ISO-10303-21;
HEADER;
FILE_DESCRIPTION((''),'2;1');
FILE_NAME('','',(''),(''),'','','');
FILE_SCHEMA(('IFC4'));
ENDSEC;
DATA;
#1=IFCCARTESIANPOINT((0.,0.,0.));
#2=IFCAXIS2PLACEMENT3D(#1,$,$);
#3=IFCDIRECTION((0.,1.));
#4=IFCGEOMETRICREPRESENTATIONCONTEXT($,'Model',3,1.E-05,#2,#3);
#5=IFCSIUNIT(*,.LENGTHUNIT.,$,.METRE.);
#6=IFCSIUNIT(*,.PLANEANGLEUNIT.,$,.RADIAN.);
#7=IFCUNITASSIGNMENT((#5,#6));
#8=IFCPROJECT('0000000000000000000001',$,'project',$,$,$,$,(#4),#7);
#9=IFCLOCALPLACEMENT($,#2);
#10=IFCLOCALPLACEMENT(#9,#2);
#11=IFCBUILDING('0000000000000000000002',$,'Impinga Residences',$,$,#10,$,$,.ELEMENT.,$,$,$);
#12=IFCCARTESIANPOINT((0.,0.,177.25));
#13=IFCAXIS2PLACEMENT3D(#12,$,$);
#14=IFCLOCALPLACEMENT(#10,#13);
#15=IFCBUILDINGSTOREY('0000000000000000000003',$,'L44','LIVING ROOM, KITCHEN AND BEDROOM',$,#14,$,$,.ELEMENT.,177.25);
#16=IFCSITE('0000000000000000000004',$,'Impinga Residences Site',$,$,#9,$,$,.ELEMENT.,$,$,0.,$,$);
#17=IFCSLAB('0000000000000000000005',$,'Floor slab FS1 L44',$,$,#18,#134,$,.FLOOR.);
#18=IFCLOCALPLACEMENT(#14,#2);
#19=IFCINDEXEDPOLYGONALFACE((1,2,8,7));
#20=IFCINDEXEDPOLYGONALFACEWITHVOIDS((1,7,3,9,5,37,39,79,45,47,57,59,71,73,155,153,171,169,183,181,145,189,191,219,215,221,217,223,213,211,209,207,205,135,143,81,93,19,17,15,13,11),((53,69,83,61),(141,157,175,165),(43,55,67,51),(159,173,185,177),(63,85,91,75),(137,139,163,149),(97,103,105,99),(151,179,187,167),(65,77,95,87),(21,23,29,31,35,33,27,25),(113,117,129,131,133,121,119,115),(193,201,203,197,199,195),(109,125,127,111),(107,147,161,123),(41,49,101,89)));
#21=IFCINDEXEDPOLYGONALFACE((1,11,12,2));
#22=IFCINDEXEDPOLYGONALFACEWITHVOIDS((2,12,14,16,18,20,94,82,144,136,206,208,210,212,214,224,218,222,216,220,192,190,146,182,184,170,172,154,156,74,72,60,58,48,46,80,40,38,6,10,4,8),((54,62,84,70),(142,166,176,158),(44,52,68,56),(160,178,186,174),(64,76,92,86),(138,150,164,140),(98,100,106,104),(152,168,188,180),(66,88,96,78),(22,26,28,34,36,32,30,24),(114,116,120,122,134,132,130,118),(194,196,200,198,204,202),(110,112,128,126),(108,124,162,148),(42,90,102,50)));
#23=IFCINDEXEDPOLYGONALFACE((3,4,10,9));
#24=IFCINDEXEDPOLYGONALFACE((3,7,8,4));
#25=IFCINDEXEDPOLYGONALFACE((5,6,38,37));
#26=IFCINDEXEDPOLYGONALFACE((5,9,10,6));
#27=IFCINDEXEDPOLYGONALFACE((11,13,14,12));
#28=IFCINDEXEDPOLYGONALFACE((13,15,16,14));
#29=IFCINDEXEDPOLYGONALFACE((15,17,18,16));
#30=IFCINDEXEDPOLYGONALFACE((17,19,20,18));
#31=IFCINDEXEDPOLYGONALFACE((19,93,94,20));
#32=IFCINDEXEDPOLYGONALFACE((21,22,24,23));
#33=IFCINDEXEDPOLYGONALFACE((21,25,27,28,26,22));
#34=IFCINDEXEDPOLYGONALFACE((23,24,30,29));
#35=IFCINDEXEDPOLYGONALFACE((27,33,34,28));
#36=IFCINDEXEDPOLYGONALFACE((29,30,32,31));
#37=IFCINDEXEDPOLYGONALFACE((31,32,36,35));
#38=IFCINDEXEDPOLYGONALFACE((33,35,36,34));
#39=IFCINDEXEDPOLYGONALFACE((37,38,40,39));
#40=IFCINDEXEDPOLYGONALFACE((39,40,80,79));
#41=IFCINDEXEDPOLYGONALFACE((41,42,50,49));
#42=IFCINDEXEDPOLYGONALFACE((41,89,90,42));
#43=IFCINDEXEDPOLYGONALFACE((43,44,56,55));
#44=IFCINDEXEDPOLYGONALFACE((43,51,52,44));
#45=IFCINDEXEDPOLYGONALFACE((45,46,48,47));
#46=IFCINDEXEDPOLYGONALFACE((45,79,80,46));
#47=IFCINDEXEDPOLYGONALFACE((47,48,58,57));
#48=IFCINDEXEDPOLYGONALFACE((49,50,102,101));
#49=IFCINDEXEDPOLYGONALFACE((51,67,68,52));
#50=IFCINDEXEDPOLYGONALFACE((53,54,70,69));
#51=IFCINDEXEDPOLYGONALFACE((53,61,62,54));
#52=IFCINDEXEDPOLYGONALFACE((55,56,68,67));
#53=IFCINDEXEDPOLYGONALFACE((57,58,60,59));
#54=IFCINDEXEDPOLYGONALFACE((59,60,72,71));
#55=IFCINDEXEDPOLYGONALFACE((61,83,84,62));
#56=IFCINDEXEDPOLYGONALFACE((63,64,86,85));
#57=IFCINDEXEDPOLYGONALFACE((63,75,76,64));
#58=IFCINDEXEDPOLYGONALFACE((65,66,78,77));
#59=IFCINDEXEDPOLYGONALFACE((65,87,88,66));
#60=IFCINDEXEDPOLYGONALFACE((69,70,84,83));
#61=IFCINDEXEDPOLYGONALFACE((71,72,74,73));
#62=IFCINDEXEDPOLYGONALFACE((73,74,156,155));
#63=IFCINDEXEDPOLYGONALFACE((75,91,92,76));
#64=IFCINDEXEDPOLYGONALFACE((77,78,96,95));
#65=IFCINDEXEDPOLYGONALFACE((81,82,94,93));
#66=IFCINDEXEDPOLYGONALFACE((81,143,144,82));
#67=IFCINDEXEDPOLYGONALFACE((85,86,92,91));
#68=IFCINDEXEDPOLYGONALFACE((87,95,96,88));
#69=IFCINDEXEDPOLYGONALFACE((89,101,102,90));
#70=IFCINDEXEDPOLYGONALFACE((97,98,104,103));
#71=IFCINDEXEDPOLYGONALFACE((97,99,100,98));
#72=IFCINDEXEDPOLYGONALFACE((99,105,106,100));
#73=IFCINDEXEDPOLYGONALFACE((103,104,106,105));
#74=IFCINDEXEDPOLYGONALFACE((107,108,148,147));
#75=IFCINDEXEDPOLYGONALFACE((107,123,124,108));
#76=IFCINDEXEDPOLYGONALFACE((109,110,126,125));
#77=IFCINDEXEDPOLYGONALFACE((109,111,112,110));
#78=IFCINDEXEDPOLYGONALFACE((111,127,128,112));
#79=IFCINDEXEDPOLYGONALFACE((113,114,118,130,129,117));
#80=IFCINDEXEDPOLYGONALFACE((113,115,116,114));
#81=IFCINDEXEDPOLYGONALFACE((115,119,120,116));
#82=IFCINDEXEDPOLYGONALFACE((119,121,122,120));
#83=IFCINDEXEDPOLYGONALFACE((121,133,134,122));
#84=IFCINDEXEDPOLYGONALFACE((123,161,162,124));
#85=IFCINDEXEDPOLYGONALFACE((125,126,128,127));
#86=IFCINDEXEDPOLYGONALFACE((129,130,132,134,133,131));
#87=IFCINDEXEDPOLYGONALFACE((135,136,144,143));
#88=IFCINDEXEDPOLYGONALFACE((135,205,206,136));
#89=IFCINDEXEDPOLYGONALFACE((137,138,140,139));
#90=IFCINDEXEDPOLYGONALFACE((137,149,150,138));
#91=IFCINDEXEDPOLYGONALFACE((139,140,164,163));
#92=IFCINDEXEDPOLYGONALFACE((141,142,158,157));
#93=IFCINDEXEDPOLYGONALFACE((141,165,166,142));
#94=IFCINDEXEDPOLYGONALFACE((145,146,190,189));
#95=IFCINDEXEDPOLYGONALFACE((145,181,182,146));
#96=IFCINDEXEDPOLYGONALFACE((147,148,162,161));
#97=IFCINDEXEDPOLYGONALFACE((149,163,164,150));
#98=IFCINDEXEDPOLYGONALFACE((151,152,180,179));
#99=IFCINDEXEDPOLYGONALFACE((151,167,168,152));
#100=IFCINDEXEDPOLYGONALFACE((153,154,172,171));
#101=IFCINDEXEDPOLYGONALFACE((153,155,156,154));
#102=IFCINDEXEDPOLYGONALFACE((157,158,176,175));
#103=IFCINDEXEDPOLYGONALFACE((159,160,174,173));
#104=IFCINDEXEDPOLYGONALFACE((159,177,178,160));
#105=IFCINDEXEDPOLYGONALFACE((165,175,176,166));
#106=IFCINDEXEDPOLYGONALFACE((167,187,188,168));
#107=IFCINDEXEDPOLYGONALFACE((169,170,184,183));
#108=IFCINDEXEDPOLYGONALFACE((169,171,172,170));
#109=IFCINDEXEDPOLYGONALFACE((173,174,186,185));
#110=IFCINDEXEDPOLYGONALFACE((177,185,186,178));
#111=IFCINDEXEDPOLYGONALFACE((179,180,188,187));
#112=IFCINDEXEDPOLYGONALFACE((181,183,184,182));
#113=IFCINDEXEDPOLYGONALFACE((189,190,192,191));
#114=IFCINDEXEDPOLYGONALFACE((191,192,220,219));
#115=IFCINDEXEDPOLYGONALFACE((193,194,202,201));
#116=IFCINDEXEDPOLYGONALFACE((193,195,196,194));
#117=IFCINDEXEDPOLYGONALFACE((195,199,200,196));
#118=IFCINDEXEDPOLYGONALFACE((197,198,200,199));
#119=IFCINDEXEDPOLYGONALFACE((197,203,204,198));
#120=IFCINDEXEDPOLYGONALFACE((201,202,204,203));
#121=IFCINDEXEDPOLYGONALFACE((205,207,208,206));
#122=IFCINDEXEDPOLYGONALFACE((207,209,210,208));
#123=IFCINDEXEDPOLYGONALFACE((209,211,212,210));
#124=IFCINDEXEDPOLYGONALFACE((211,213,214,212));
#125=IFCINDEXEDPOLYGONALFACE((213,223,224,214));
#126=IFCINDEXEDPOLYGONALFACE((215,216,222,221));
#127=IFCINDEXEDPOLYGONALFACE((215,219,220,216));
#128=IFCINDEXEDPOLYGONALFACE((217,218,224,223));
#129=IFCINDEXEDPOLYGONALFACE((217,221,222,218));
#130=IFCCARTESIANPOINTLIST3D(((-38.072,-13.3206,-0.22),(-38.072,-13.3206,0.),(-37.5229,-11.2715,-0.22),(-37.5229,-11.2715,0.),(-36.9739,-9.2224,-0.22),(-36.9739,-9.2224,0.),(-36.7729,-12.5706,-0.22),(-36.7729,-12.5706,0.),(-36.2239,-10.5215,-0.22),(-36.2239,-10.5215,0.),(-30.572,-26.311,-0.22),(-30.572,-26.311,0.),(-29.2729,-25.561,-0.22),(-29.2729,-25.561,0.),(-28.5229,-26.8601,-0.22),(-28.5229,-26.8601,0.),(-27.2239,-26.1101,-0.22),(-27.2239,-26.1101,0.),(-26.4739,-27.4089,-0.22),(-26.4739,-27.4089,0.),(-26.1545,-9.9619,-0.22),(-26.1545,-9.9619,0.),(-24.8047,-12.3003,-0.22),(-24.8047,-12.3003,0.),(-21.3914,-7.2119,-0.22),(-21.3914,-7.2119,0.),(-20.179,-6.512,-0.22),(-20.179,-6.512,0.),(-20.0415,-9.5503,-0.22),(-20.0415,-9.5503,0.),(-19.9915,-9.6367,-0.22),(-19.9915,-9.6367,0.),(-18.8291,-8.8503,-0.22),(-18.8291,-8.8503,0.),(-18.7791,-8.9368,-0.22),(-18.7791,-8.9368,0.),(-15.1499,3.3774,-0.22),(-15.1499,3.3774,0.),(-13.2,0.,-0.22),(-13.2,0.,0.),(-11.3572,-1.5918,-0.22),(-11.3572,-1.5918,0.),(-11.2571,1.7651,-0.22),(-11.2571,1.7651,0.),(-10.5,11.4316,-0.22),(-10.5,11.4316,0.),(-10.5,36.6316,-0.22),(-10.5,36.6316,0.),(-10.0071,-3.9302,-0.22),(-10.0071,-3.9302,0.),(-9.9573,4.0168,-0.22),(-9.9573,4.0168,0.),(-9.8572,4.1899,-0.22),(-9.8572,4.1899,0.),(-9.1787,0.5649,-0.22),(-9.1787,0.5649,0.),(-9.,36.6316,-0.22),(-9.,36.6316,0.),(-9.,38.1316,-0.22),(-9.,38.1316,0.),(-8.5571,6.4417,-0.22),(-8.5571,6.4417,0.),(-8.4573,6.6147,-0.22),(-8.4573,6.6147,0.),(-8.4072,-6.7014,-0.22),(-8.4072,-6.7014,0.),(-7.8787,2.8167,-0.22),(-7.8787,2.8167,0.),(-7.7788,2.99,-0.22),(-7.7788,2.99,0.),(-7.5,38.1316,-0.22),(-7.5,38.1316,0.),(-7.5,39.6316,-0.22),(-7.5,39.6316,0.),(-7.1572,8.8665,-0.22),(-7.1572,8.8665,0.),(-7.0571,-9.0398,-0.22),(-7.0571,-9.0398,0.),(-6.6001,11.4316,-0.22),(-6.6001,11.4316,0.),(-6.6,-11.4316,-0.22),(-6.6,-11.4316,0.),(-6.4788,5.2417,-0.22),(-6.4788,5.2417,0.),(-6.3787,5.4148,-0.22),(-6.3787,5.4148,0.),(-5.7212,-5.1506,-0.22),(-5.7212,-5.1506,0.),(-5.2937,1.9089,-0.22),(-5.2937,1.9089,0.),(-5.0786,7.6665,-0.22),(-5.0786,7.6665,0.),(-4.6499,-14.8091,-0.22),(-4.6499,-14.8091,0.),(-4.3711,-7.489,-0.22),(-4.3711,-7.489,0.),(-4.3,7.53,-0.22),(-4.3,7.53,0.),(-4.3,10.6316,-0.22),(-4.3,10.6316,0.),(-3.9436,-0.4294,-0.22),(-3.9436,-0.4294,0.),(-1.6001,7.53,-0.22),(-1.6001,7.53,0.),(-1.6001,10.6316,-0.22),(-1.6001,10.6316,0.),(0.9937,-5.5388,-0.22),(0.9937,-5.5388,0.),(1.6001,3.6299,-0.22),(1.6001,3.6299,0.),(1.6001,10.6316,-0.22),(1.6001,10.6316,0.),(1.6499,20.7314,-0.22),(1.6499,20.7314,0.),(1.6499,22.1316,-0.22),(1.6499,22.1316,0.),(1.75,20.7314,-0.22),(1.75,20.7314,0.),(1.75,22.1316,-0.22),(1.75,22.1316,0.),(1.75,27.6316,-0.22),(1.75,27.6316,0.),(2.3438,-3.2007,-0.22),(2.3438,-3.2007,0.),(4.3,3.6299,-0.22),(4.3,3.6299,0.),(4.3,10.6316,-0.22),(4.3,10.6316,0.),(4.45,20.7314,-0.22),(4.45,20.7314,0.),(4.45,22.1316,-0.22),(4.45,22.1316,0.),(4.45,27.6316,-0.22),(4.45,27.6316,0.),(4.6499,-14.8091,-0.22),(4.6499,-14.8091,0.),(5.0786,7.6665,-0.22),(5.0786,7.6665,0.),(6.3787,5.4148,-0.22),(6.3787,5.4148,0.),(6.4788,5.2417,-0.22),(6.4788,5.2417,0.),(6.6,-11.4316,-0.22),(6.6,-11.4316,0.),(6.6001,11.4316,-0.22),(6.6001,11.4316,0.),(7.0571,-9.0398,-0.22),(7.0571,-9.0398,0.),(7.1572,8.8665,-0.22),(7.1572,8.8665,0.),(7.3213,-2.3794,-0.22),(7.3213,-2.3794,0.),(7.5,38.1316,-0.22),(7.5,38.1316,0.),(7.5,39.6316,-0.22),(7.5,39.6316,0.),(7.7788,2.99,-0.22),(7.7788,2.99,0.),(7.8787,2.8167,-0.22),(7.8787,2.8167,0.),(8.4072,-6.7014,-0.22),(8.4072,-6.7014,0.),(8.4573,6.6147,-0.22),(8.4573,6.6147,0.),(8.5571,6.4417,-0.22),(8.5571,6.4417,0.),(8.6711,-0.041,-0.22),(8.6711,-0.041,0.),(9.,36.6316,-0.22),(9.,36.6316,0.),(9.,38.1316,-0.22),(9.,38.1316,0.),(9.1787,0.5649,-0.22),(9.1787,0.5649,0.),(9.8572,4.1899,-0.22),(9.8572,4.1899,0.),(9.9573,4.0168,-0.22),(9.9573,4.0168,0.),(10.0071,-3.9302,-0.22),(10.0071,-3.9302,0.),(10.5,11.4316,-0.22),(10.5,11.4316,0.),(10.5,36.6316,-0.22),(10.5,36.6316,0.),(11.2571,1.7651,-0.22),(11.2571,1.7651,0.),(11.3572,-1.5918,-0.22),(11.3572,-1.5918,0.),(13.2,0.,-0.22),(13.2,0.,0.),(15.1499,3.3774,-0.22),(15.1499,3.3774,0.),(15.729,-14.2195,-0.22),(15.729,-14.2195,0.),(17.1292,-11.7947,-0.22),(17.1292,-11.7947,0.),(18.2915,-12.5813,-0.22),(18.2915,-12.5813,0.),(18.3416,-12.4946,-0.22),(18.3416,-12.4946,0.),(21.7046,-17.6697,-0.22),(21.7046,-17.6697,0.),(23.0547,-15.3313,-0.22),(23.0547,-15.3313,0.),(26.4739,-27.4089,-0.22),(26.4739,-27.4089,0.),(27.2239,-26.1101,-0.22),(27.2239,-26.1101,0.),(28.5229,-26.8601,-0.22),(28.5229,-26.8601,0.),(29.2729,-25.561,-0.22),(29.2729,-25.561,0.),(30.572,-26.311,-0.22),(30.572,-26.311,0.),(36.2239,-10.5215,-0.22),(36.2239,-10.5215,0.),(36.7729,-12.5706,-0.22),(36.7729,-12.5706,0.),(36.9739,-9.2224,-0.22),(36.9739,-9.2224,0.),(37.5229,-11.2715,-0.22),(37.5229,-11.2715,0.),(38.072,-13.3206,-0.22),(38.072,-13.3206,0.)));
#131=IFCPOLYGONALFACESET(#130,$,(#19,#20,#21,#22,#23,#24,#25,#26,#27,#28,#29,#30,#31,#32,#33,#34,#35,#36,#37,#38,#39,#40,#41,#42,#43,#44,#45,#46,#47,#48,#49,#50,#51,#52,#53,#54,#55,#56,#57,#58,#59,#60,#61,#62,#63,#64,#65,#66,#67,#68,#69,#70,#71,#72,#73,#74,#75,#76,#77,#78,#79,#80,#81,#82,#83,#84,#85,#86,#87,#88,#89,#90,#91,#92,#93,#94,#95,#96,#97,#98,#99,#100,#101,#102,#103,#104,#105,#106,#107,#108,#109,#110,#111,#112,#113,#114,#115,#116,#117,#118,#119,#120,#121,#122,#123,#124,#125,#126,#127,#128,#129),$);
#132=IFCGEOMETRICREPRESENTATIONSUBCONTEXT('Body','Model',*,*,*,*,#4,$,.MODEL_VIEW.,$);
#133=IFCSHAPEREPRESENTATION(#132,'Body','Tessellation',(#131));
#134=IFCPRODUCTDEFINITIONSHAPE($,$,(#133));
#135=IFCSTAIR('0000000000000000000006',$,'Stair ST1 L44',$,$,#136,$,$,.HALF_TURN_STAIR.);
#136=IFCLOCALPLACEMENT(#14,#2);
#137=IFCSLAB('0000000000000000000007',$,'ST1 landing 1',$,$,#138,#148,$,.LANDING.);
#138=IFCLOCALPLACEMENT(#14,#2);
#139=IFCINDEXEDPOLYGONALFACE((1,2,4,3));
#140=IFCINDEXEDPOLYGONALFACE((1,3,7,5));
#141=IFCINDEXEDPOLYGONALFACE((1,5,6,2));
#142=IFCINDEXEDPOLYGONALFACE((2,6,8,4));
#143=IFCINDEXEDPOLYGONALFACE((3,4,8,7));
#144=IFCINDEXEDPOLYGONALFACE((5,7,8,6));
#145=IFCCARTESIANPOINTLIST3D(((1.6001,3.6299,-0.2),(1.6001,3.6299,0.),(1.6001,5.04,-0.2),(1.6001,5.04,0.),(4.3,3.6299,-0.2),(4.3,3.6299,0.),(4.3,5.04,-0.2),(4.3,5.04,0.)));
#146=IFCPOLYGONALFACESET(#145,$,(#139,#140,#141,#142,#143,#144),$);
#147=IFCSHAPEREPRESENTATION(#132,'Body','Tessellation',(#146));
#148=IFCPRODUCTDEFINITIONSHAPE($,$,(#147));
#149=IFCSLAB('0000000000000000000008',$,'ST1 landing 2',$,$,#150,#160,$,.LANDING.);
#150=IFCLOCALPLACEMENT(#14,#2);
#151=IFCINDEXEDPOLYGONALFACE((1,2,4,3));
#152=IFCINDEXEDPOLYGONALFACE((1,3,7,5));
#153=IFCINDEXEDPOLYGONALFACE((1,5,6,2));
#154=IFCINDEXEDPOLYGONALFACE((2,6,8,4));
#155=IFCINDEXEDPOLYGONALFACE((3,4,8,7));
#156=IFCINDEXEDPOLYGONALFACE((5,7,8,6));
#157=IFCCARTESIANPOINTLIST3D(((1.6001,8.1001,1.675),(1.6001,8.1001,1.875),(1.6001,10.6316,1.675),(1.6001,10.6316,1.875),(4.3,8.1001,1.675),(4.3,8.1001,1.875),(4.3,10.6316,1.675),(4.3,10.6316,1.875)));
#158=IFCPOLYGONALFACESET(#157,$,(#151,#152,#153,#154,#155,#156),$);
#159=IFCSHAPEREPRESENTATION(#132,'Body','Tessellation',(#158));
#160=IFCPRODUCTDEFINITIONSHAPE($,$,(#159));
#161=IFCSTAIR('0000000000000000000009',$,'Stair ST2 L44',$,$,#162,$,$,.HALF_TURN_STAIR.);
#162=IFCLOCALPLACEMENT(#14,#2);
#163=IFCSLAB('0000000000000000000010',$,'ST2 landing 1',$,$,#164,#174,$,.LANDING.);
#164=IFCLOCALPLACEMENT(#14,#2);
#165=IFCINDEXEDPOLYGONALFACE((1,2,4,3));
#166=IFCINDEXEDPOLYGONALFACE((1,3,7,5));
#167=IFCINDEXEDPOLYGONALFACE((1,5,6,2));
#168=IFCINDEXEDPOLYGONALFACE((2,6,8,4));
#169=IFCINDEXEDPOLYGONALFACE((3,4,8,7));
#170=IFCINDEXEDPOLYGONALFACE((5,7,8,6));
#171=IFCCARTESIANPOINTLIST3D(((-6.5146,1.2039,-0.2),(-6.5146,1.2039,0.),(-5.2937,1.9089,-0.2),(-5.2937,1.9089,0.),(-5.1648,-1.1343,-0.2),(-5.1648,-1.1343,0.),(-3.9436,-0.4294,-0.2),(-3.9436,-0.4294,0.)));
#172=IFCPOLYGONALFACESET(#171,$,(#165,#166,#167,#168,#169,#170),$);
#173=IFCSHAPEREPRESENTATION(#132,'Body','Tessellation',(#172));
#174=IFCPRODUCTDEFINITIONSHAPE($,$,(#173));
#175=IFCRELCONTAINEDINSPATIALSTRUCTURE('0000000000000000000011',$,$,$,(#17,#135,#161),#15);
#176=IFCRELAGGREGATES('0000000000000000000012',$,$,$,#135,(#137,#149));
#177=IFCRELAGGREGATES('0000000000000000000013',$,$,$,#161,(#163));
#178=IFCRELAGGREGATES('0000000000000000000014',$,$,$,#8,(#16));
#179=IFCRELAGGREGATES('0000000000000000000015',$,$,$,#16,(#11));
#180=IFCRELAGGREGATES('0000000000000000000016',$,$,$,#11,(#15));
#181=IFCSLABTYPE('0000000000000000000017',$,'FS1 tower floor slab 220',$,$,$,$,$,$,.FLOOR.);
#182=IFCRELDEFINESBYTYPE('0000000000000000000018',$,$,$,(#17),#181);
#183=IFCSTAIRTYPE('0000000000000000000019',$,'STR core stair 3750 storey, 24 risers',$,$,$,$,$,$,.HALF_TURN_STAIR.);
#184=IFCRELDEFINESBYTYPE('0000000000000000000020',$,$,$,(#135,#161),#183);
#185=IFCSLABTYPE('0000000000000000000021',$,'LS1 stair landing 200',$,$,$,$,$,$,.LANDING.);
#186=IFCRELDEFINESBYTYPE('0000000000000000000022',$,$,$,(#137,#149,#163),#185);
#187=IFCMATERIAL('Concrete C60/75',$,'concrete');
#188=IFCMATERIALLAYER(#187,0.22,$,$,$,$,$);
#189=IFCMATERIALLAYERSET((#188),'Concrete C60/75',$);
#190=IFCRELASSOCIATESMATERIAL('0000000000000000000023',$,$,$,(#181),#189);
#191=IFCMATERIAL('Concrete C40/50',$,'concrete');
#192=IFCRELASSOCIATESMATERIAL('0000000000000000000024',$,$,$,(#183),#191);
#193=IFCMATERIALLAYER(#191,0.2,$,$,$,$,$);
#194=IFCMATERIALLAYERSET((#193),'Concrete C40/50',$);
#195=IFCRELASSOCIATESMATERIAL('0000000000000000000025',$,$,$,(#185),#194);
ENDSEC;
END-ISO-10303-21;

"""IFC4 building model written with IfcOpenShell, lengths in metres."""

from ifc_helpers import new_model, si_unit, direction, frame, origin, place, context, subcontext, project, spatial, polyline, outline, extrude, material, layer, layer_set, type_object, element, aggregate, save


model = new_model("IFC4")

# Units and contexts
model_context = context("Model", 3, precision=1e-05, world=origin(), true_north=direction((0.0, 1.0)))
body_context = subcontext(model_context, "Body", "Model", "MODEL_VIEW")
ifc_project = project(units=[si_unit("LENGTHUNIT", "METRE"), si_unit("PLANEANGLEUNIT", "RADIAN")], contexts=[model_context])

# Site, building, storey
site_placement = place(None, origin())
site = spatial("IfcSite", under=ifc_project, at=site_placement, Name="Impinga Residences Site", CompositionType="ELEMENT", RefElevation=0.0)
building_placement = place(site_placement, origin())
building = spatial("IfcBuilding", under=site, at=building_placement, Name="Impinga Residences", CompositionType="ELEMENT")
storey_placement = place(building_placement, frame((0.0, 0.0, 177.25)))
storey = spatial("IfcBuildingStorey", under=building, at=storey_placement, Name="L44", Description="LIVING ROOM, KITCHEN AND BEDROOM", CompositionType="ELEMENT", Elevation=177.25)

# Slab
ifc_material_1 = material(Name="Concrete C60/75", Category="concrete")
ifc_layer_1 = layer(ifc_material_1, 0.22)
ifc_layer_set_1 = layer_set([ifc_layer_1], Name="Concrete C60/75")
slab_type_1 = type_object("IfcSlabType", Name="FS1 tower floor slab 220", PredefinedType="FLOOR", material=ifc_layer_set_1)
slab_1_placement = place(storey_placement, frame((0.0, 0.0, -0.22)))
element("IfcSlab", 1, at=slab_1_placement, inside=storey, type_object=slab_type_1, Name="Floor slab FS1 L44", PredefinedType="FLOOR", context=body_context, shape_type="SweptSolid", body=[
    extrude(outline(polyline([(-27.2239, -26.1101), (-28.5229, -26.8601), (-29.2729, -25.561), (-30.572, -26.311), (-38.072, -13.3206), (-36.7729, -12.5706), (-37.5229, -11.2715), (-36.2239, -10.5215), (-36.9739, -9.2224), (-15.1499, 3.3774), (-13.2, 0.0), (-6.6001, 11.4316), (-10.5, 11.4316), (-10.5, 36.6316), (-9.0, 36.6316), (-9.0, 38.1316), (-7.5, 38.1316), (-7.5, 39.6316), (7.5, 39.6316), (7.5, 38.1316), (9.0, 38.1316), (9.0, 36.6316), (10.5, 36.6316), (10.5, 11.4316), (6.6001, 11.4316), (13.2, 0.0), (15.1499, 3.3774), (36.9739, -9.2224), (36.2239, -10.5215), (37.5229, -11.2715), (36.7729, -12.5706), (38.072, -13.3206), (30.572, -26.311), (29.2729, -25.561), (28.5229, -26.8601), (27.2239, -26.1101), (26.4739, -27.4089), (4.6499, -14.8091), (9.9001, -5.7158), (6.6001, -11.4316), (-6.6001, -11.4316), (-9.9001, -5.7158), (-4.6499, -14.8091), (-26.4739, -27.4089), (-27.2239, -26.1101)]), holes=[polyline([(-18.7791, -8.9368), (-18.8291, -8.8503), (-18.8291, -8.8503), (-20.179, -6.512), (-21.3914, -7.2119), (-21.3914, -7.2119), (-26.1545, -9.9619), (-24.8047, -12.3003), (-20.0415, -9.5503), (-19.9915, -9.6367), (-18.7791, -8.9368)]), polyline([(-4.3711, -7.489), (-5.7212, -5.1506), (-8.4072, -6.7014), (-7.0571, -9.0398), (-4.3711, -7.489)]), polyline([(-3.9436, -0.4294), (-5.2937, 1.9089), (-11.3572, -1.5918), (-10.0071, -3.9302), (-3.9436, -0.4294)]), polyline([(-7.8787, 2.8167), (-9.9573, 4.0168), (-11.2571, 1.7651), (-9.1787, 0.5649), (-7.8787, 2.8167)]), polyline([(-6.4788, 5.2417), (-8.5571, 6.4417), (-9.8572, 4.1899), (-7.7788, 2.99), (-6.4788, 5.2417)]), polyline([(4.3, 3.6299), (4.3, 10.6316), (1.6001, 10.6316), (1.6001, 3.6299), (4.3, 3.6299)]), polyline([(-6.3787, 5.4148), (-5.0786, 7.6665), (-7.1572, 8.8665), (-8.4573, 6.6147), (-6.3787, 5.4148)]), polyline([(-4.3, 7.53), (-1.6001, 7.53), (-1.6001, 10.6316), (-4.3, 10.6316), (-4.3, 7.53)]), polyline([(4.45, 20.7314), (4.45, 22.1316), (4.45, 27.6316), (1.75, 27.6316), (1.75, 22.1316), (1.6499, 22.1316), (1.6499, 20.7314), (1.75, 20.7314), (4.45, 20.7314)]), polyline([(15.729, -14.2195), (21.7046, -17.6697), (23.0547, -15.3313), (18.2915, -12.5813), (18.3416, -12.4946), (17.1292, -11.7947), (15.729, -14.2195)]), polyline([(2.3438, -3.2007), (0.9937, -5.5388), (7.0571, -9.0398), (8.4072, -6.7014), (2.3438, -3.2007)]), polyline([(7.3213, -2.3794), (10.0071, -3.9302), (11.3572, -1.5918), (8.6711, -0.041), (7.3213, -2.3794)]), polyline([(7.8787, 2.8167), (9.1787, 0.5649), (11.2571, 1.7651), (9.9573, 4.0168), (7.8787, 2.8167)]), polyline([(6.4788, 5.2417), (7.7788, 2.99), (9.8572, 4.1899), (8.5571, 6.4417), (6.4788, 5.2417)]), polyline([(6.3787, 5.4148), (8.4573, 6.6147), (7.1572, 8.8665), (5.0786, 7.6665), (6.3787, 5.4148)])]), origin(), (0.0, 0.0, 1.0), 0.22),
])

# Stairs, slabs
ifc_material_2 = material(Name="Concrete C40/50", Category="concrete")
stair_type_1 = type_object("IfcStairType", Name="STR core stair 3750 storey, 24 risers", PredefinedType="HALF_TURN_STAIR", material=ifc_material_2)
stair_1_placement = place(storey_placement, origin())
stair_1 = element("IfcStair", 2, at=stair_1_placement, inside=storey, type_object=stair_type_1, Name="Stair ST1 L44", PredefinedType="HALF_TURN_STAIR")
ifc_layer_2 = layer(ifc_material_2, 0.2)
ifc_layer_set_2 = layer_set([ifc_layer_2], Name="Concrete C40/50")
slab_type_2 = type_object("IfcSlabType", Name="LS1 stair landing 200", PredefinedType="LANDING", material=ifc_layer_set_2)
slab_2_placement = place(storey_placement, frame((0.0, 0.0, -0.2)))
slab_2 = element("IfcSlab", 3, at=slab_2_placement, type_object=slab_type_2, Name="ST1 landing 1", PredefinedType="LANDING", context=body_context, shape_type="SweptSolid", body=[
    extrude(outline(polyline([(1.6001, 3.6299), (4.3, 3.6299), (4.3, 5.04), (1.6001, 5.04), (1.6001, 3.6299)])), origin(), (0.0, 0.0, 1.0), 0.2),
])
slab_3_placement = place(storey_placement, frame((0.0, 0.0, 1.675)))
slab_3 = element("IfcSlab", 4, at=slab_3_placement, type_object=slab_type_2, Name="ST1 landing 2", PredefinedType="LANDING", context=body_context, shape_type="SweptSolid", body=[
    extrude(outline(polyline([(1.6001, 8.1001), (4.3, 8.1001), (4.3, 10.6316), (1.6001, 10.6316), (1.6001, 8.1001)])), origin(), (0.0, 0.0, 1.0), 0.2),
])
aggregate(stair_1, [slab_2, slab_3])
stair_2_placement = place(storey_placement, origin())
stair_2 = element("IfcStair", 5, at=stair_2_placement, inside=storey, type_object=stair_type_1, Name="Stair ST2 L44", PredefinedType="HALF_TURN_STAIR")
slab_4_placement = place(storey_placement, frame((0.0, 0.0, -0.2)))
slab_4 = element("IfcSlab", 6, at=slab_4_placement, type_object=slab_type_2, Name="ST2 landing 1", PredefinedType="LANDING", context=body_context, shape_type="SweptSolid", body=[
    extrude(outline(polyline([(-3.9436, -0.4294), (-5.2937, 1.9089), (-6.5146, 1.2039), (-5.1648, -1.1343), (-3.9436, -0.4294)])), origin(), (0.0, 0.0, 1.0), 0.2),
])
aggregate(stair_2, [slab_4])

save(model, "model.ifc")
